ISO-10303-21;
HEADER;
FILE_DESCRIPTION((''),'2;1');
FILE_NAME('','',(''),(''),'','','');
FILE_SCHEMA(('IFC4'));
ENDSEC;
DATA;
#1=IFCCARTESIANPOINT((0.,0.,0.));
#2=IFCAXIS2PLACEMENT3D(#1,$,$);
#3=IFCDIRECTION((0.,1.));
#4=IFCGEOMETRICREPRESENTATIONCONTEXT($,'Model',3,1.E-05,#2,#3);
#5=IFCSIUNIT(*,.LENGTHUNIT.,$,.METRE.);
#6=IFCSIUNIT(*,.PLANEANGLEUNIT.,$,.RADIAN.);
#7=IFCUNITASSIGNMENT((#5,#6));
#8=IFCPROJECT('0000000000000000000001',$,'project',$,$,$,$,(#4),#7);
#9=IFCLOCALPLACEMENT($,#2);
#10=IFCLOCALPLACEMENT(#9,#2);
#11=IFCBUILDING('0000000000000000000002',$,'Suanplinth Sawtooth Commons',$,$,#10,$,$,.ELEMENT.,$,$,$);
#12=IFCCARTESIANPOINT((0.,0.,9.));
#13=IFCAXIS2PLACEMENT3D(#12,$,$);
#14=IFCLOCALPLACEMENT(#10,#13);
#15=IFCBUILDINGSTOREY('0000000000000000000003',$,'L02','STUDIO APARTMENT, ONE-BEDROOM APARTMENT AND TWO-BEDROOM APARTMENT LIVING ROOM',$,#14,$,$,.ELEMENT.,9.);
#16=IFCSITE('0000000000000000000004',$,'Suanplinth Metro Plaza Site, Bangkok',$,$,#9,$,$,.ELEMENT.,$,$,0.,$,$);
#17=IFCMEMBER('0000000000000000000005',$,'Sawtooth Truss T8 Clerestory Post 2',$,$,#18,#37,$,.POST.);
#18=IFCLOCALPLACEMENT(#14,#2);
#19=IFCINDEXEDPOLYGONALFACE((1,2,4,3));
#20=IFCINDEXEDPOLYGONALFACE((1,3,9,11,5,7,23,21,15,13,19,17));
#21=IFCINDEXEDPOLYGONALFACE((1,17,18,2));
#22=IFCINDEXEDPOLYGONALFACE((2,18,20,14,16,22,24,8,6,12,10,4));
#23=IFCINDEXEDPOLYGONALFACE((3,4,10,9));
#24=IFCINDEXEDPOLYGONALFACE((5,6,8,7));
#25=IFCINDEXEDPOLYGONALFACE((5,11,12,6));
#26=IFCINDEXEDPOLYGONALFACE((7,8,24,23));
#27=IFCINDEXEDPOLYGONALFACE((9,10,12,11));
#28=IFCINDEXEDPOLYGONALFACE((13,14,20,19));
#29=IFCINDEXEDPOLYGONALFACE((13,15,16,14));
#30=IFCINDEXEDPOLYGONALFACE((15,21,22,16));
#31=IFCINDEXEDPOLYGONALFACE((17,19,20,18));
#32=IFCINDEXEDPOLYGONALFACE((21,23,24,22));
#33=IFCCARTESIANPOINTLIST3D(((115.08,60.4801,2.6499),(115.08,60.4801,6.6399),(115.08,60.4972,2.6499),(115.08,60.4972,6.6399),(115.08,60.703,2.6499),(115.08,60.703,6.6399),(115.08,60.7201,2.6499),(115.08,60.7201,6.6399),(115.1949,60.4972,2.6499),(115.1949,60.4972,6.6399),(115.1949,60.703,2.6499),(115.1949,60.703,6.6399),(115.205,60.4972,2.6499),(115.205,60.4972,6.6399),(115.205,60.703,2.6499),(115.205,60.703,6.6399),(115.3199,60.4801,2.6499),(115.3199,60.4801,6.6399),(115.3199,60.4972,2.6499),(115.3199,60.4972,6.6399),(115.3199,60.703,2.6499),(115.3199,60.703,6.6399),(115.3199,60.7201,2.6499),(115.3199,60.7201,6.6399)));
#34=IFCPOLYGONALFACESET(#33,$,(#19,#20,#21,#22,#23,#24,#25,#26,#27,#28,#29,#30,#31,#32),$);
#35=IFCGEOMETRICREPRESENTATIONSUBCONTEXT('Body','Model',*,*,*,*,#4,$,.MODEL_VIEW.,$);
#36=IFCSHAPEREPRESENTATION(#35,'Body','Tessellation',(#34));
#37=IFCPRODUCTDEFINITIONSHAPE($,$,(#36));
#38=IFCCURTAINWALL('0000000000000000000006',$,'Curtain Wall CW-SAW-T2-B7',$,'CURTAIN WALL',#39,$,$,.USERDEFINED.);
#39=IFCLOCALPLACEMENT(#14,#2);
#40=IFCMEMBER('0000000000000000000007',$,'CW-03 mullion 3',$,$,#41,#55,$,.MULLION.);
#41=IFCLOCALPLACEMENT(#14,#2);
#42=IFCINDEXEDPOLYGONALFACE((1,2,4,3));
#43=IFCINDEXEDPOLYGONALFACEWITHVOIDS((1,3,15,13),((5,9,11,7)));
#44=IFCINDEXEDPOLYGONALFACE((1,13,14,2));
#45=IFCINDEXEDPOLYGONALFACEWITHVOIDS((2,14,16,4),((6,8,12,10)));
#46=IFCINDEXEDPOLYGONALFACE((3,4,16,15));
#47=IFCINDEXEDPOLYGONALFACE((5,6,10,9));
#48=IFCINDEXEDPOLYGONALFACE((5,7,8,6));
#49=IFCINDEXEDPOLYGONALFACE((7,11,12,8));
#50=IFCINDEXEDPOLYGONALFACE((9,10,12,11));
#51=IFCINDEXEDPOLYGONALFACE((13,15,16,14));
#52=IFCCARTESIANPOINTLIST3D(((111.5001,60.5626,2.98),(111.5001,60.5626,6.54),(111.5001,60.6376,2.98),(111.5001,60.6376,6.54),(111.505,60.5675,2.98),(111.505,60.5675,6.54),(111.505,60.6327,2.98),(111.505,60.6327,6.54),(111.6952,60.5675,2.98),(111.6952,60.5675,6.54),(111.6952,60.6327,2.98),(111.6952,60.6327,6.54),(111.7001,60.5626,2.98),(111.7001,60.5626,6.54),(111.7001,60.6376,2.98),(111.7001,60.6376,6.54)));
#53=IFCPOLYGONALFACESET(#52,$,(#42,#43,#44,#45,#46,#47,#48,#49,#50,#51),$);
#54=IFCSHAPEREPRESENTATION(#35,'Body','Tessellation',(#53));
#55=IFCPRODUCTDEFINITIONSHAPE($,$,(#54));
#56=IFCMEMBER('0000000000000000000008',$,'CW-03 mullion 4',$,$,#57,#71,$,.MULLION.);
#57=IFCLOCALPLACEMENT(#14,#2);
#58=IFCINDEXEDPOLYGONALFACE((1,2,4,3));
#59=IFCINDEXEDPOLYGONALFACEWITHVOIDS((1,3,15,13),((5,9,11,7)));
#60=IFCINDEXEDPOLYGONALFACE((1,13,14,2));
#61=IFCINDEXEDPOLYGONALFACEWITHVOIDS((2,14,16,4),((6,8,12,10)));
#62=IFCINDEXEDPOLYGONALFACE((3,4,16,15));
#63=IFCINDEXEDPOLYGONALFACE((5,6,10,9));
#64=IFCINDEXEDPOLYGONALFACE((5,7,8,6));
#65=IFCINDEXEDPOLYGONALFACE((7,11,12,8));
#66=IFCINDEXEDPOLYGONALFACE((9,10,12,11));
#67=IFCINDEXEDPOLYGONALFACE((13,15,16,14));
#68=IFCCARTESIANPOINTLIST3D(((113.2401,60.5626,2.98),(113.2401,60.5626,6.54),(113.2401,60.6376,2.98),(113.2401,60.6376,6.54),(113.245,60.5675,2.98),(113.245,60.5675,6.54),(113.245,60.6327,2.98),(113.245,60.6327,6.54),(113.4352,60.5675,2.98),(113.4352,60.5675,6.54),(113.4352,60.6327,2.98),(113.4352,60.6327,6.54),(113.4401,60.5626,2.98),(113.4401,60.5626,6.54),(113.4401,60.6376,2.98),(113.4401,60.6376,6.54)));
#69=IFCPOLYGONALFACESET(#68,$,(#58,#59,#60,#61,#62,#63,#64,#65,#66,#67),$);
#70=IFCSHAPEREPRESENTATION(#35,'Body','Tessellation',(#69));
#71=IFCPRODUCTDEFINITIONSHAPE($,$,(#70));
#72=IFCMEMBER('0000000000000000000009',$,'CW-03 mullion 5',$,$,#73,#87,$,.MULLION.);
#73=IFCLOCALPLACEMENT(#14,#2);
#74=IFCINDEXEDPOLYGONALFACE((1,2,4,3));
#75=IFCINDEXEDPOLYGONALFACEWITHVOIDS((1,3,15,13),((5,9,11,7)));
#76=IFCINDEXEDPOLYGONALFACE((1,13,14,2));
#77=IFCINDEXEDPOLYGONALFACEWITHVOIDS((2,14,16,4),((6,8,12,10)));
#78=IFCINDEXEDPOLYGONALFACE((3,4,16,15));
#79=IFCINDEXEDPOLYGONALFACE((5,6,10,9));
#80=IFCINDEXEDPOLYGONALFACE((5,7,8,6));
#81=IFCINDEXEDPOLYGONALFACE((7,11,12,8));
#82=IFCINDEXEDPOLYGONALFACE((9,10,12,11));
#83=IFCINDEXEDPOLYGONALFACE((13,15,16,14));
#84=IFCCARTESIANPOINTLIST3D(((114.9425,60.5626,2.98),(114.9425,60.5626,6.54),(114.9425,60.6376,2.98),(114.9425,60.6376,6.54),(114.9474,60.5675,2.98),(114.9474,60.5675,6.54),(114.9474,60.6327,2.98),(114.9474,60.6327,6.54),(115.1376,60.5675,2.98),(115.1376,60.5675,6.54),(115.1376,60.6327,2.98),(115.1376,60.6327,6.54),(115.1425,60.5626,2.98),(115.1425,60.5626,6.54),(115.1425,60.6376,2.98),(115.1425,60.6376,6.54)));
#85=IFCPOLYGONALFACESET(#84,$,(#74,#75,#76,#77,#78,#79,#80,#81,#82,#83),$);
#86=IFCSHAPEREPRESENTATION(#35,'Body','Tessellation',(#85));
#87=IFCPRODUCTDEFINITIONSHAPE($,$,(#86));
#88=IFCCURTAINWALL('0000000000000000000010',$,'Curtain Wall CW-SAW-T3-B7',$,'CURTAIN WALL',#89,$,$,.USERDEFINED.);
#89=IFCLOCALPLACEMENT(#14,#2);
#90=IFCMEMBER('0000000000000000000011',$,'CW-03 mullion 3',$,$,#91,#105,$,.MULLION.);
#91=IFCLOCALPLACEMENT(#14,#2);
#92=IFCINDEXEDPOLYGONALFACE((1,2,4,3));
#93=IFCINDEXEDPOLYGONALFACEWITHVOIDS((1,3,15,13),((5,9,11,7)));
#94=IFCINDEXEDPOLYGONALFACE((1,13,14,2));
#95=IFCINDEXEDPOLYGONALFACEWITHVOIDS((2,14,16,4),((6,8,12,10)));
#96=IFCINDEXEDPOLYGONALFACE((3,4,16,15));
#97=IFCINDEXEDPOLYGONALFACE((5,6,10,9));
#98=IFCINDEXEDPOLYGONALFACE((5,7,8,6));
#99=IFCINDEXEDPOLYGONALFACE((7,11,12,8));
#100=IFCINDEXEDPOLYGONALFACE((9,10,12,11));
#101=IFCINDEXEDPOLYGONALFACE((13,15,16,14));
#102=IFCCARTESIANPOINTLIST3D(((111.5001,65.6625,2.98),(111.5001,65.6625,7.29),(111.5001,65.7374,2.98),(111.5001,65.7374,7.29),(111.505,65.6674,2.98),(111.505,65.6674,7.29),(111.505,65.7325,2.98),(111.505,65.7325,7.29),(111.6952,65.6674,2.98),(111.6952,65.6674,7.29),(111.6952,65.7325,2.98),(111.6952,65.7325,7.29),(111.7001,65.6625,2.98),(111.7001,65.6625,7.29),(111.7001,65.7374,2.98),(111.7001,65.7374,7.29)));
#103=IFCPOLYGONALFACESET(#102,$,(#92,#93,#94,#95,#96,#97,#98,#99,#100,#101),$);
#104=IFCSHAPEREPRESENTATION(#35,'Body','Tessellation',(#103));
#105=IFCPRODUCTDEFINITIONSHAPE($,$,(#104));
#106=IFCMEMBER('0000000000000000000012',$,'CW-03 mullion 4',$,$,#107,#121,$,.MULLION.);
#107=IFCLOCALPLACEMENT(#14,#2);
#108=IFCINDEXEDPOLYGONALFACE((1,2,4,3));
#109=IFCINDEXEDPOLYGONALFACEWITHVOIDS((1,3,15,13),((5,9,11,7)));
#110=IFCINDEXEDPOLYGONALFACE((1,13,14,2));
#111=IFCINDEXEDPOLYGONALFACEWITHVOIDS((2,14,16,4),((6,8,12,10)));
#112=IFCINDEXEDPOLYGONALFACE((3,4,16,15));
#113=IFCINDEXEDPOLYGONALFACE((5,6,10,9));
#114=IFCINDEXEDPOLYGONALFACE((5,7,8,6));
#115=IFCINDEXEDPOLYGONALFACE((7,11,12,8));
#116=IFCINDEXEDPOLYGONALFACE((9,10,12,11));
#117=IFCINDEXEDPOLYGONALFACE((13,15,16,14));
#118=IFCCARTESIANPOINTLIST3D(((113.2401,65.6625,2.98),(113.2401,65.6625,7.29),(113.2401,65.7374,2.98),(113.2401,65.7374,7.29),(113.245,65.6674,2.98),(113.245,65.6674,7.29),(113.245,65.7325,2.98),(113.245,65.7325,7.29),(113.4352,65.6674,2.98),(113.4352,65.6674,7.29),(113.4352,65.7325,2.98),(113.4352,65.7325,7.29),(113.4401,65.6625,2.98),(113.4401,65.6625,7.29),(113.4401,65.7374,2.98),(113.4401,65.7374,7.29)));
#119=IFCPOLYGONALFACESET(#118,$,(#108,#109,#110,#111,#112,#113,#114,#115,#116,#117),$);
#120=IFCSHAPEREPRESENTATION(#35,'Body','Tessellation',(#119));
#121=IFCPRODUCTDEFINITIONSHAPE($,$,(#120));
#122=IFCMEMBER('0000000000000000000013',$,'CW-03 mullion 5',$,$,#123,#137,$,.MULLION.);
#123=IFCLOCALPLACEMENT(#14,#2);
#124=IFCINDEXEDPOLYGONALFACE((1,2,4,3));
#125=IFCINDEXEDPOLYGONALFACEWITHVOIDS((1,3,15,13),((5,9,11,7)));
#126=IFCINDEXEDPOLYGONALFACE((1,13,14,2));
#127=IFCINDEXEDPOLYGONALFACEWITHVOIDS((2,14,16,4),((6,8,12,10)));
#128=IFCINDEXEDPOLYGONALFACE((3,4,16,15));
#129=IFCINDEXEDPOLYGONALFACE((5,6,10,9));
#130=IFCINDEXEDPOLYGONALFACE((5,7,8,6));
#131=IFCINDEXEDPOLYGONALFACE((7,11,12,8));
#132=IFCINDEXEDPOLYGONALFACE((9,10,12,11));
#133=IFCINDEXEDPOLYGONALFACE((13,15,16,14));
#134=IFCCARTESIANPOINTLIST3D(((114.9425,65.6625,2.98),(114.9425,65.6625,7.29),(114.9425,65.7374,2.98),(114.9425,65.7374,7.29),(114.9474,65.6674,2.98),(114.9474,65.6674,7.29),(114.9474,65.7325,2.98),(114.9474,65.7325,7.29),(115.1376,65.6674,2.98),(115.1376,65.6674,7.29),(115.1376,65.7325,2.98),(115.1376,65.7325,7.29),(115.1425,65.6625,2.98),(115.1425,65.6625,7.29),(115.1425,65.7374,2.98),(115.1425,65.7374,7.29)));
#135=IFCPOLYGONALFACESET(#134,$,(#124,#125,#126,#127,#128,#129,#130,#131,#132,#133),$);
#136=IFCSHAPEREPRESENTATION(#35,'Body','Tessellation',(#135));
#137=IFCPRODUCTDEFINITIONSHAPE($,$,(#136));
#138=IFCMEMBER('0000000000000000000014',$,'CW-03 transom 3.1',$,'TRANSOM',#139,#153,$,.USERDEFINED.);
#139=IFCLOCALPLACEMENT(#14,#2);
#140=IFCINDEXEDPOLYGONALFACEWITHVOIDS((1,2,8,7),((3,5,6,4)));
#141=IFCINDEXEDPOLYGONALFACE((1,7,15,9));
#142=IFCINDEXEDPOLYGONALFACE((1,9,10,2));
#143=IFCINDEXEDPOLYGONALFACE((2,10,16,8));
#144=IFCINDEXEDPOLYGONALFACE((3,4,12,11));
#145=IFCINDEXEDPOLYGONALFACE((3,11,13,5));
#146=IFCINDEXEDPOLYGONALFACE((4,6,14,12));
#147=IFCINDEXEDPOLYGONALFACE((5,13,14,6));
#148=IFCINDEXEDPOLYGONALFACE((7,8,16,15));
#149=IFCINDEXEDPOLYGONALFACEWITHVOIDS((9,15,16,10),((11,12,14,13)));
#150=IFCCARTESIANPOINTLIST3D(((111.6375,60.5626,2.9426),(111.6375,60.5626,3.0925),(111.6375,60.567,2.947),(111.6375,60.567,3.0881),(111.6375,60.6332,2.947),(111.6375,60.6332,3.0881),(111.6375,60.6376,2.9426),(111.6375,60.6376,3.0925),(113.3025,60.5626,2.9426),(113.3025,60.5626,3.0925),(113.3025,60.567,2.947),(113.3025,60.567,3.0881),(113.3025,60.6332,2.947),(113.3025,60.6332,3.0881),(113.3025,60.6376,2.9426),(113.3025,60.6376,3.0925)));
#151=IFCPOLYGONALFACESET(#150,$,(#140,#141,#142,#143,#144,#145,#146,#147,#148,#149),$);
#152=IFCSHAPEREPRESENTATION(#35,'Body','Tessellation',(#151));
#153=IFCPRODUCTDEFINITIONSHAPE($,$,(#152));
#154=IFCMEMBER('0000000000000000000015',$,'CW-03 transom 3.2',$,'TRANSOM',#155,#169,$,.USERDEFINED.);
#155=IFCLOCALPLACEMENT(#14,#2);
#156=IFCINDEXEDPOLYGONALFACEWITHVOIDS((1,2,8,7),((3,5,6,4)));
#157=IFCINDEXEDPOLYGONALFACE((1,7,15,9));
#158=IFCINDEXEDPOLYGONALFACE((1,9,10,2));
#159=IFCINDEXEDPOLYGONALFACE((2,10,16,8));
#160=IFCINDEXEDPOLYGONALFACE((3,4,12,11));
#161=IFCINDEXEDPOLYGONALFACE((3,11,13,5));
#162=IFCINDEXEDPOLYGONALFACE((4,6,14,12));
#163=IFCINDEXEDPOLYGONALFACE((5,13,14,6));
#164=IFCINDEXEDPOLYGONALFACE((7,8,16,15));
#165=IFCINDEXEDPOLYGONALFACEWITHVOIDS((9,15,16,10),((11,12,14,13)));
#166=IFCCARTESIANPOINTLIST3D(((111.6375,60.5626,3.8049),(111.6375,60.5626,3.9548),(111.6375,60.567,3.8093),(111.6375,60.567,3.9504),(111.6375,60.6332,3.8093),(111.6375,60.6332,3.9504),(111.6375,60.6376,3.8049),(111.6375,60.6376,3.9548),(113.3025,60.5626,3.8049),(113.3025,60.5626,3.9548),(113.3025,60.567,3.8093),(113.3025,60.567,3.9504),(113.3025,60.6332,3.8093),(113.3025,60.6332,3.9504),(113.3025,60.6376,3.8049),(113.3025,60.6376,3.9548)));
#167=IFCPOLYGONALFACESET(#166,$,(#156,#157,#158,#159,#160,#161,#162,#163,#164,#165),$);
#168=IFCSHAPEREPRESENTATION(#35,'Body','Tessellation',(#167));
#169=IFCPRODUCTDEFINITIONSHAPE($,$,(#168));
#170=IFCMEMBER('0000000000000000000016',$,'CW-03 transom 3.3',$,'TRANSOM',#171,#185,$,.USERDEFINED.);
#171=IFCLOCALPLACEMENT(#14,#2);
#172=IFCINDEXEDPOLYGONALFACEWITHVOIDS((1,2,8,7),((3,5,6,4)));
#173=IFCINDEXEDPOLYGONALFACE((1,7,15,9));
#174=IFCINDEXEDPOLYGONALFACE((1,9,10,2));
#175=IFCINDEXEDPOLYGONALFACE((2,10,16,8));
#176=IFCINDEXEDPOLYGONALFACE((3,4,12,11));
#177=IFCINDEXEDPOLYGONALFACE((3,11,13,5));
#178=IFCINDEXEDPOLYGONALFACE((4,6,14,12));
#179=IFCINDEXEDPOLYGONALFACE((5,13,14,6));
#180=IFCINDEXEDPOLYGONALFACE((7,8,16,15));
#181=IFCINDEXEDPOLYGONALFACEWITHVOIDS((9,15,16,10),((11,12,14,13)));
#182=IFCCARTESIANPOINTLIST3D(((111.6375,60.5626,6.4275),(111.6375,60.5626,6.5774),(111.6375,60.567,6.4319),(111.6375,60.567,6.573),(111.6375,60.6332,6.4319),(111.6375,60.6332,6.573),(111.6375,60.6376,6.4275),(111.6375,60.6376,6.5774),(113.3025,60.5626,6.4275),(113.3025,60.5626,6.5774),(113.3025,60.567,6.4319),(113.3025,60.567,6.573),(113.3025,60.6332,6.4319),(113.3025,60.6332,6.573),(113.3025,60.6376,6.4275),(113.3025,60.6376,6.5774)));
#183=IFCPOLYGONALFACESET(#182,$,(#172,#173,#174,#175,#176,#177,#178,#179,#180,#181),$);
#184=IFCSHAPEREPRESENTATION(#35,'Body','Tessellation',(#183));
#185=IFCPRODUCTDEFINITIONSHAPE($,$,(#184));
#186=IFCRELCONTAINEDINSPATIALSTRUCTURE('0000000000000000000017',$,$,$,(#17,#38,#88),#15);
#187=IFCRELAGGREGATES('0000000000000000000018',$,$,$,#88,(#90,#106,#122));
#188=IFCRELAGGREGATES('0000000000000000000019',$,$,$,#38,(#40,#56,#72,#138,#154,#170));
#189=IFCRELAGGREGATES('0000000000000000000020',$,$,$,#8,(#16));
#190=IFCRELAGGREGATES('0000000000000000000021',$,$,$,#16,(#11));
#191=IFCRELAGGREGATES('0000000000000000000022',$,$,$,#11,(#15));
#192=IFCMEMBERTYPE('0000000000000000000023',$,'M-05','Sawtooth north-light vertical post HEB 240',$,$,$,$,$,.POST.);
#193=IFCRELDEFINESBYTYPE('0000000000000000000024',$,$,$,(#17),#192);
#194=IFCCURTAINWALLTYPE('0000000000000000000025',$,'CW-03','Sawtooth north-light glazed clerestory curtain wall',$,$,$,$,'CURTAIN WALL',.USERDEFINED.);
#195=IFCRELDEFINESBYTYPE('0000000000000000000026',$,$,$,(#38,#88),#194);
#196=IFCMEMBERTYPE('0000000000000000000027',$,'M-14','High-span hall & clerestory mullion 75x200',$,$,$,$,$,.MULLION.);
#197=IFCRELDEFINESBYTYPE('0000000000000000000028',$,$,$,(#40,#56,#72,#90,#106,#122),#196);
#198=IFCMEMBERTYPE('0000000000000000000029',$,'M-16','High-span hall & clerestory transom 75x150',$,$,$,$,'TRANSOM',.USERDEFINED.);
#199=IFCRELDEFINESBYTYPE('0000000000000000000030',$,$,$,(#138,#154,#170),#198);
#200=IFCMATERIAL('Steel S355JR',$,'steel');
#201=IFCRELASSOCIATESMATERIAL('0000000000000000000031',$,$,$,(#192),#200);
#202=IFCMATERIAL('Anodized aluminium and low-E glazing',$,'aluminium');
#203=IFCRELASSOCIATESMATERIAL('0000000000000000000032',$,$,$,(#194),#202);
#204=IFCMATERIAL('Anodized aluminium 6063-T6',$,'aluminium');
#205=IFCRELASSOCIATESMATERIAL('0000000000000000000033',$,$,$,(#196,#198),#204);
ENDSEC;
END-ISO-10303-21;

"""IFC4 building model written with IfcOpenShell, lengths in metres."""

from ifc_helpers import new_model, si_unit, direction, frame, origin, origin_2d, place, context, subcontext, project, spatial, hollow_rectangle, i_section, extrude, material, material_profile, profile_set, type_object, element, aggregate, save


model = new_model("IFC4")

# Units and contexts
model_context = context("Model", 3, precision=1e-05, world=origin(), true_north=direction((0.0, 1.0)))
body_context = subcontext(model_context, "Body", "Model", "MODEL_VIEW")
ifc_project = project(units=[si_unit("LENGTHUNIT", "METRE"), si_unit("PLANEANGLEUNIT", "RADIAN")], contexts=[model_context])

# Site, building, storey
site_placement = place(None, origin())
site = spatial("IfcSite", under=ifc_project, at=site_placement, Name="Suanplinth Metro Plaza Site, Bangkok", CompositionType="ELEMENT", RefElevation=0.0)
building_placement = place(site_placement, origin())
building = spatial("IfcBuilding", under=site, at=building_placement, Name="Suanplinth Sawtooth Commons", CompositionType="ELEMENT")
storey_placement = place(building_placement, frame((0.0, 0.0, 9.0)))
storey = spatial("IfcBuildingStorey", under=building, at=storey_placement, Name="L02", Description="STUDIO APARTMENT, ONE-BEDROOM APARTMENT AND TWO-BEDROOM APARTMENT LIVING ROOM", CompositionType="ELEMENT", Elevation=9.0)

# Member
ifc_material_1 = material(Name="Steel S355JR", Category="steel")
ifc_material_profile_1 = material_profile(ifc_material_1, i_section(OverallWidth=0.24, OverallDepth=0.24, WebThickness=0.01, FlangeThickness=0.0171, at=origin_2d()), Name="HEB 240")
ifc_profile_set_1 = profile_set([ifc_material_profile_1], Name="Steel S355JR")
member_type_1 = type_object("IfcMemberType", Name="M-05", Description="Sawtooth north-light vertical post HEB 240", PredefinedType="POST", material=ifc_profile_set_1)
member_1_placement = place(storey_placement, frame((115.2, 60.6001, 2.6499), z_axis=(0.0, 0.0, 1.0), x_axis=(1.0, 0.0, 0.0)))
element("IfcMember", 1, at=member_1_placement, inside=storey, type_object=member_type_1, Name="Sawtooth Truss T8 Clerestory Post 2", PredefinedType="POST", context=body_context, shape_type="SweptSolid", body=[
    extrude(i_section(OverallWidth=0.24, OverallDepth=0.24, WebThickness=0.01, FlangeThickness=0.0171, at=origin_2d()), origin(), (0.0, 0.0, 1.0), 3.99),
])

# Curtain walls, members
ifc_material_2 = material(Name="Anodized aluminium and low-E glazing", Category="aluminium")
curtain_wall_type = type_object("IfcCurtainWallType", Name="CW-03", Description="Sawtooth north-light glazed clerestory curtain wall", ElementType="CURTAIN WALL", PredefinedType="USERDEFINED", material=ifc_material_2)
curtain_wall_1_placement = place(storey_placement, origin())
curtain_wall_1 = element("IfcCurtainWall", 2, at=curtain_wall_1_placement, inside=storey, type_object=curtain_wall_type, Name="Curtain Wall CW-SAW-T2-B7", ObjectType="CURTAIN WALL", PredefinedType="USERDEFINED")
ifc_material_3 = material(Name="Anodized aluminium 6063-T6", Category="aluminium")
ifc_material_profile_2 = material_profile(ifc_material_3, hollow_rectangle(XDim=0.075, YDim=0.2, WallThickness=0.0049, at=origin_2d()), Name="ALU-MUL 75x200")
ifc_profile_set_2 = profile_set([ifc_material_profile_2], Name="Anodized aluminium 6063-T6")
member_type_2 = type_object("IfcMemberType", Name="M-14", Description="High-span hall & clerestory mullion 75x200", PredefinedType="MULLION", material=ifc_profile_set_2)
member_2_placement = place(storey_placement, frame((111.6001, 60.6001, 2.98), z_axis=(0.0, 0.0, 1.0), x_axis=(0.0, 1.0, 0.0)))
member_2 = element("IfcMember", 3, at=member_2_placement, type_object=member_type_2, Name="CW-03 mullion 3", PredefinedType="MULLION", context=body_context, shape_type="SweptSolid", body=[
    extrude(hollow_rectangle(XDim=0.075, YDim=0.2, WallThickness=0.0049, at=origin_2d()), origin(), (0.0, 0.0, 1.0), 3.5601),
])
member_3_placement = place(storey_placement, frame((113.3401, 60.6001, 2.98), z_axis=(0.0, 0.0, 1.0), x_axis=(0.0, 1.0, 0.0)))
member_3 = element("IfcMember", 4, at=member_3_placement, type_object=member_type_2, Name="CW-03 mullion 4", PredefinedType="MULLION", context=body_context, shape_type="SweptSolid", body=[
    extrude(hollow_rectangle(XDim=0.075, YDim=0.2, WallThickness=0.0049, at=origin_2d()), origin(), (0.0, 0.0, 1.0), 3.5601),
])
member_4_placement = place(storey_placement, frame((115.0425, 60.6001, 2.98), z_axis=(0.0, 0.0, 1.0), x_axis=(0.0, 1.0, 0.0)))
member_4 = element("IfcMember", 5, at=member_4_placement, type_object=member_type_2, Name="CW-03 mullion 5", PredefinedType="MULLION", context=body_context, shape_type="SweptSolid", body=[
    extrude(hollow_rectangle(XDim=0.075, YDim=0.2, WallThickness=0.0049, at=origin_2d()), origin(), (0.0, 0.0, 1.0), 3.5601),
])
curtain_wall_2_placement = place(storey_placement, origin())
curtain_wall_2 = element("IfcCurtainWall", 6, at=curtain_wall_2_placement, inside=storey, type_object=curtain_wall_type, Name="Curtain Wall CW-SAW-T3-B7", ObjectType="CURTAIN WALL", PredefinedType="USERDEFINED")
member_5_placement = place(storey_placement, frame((111.6001, 65.7, 2.98), z_axis=(0.0, 0.0, 1.0), x_axis=(0.0, 1.0, 0.0)))
member_5 = element("IfcMember", 7, at=member_5_placement, type_object=member_type_2, Name="CW-03 mullion 3", PredefinedType="MULLION", context=body_context, shape_type="SweptSolid", body=[
    extrude(hollow_rectangle(XDim=0.075, YDim=0.2, WallThickness=0.0049, at=origin_2d()), origin(), (0.0, 0.0, 1.0), 4.3101),
])
member_6_placement = place(storey_placement, frame((113.3401, 65.7, 2.98), z_axis=(0.0, 0.0, 1.0), x_axis=(0.0, 1.0, 0.0)))
member_6 = element("IfcMember", 8, at=member_6_placement, type_object=member_type_2, Name="CW-03 mullion 4", PredefinedType="MULLION", context=body_context, shape_type="SweptSolid", body=[
    extrude(hollow_rectangle(XDim=0.075, YDim=0.2, WallThickness=0.0049, at=origin_2d()), origin(), (0.0, 0.0, 1.0), 4.3101),
])
member_7_placement = place(storey_placement, frame((115.0425, 65.7, 2.98), z_axis=(0.0, 0.0, 1.0), x_axis=(0.0, 1.0, 0.0)))
member_7 = element("IfcMember", 9, at=member_7_placement, type_object=member_type_2, Name="CW-03 mullion 5", PredefinedType="MULLION", context=body_context, shape_type="SweptSolid", body=[
    extrude(hollow_rectangle(XDim=0.075, YDim=0.2, WallThickness=0.0049, at=origin_2d()), origin(), (0.0, 0.0, 1.0), 4.3101),
])

# Members
ifc_material_profile_3 = material_profile(ifc_material_3, hollow_rectangle(XDim=0.075, YDim=0.1499, WallThickness=0.0044, at=origin_2d()), Name="ALU-TRN 75x150")
ifc_profile_set_3 = profile_set([ifc_material_profile_3], Name="Anodized aluminium 6063-T6")
member_type_3 = type_object("IfcMemberType", Name="M-16", Description="High-span hall & clerestory transom 75x150", ElementType="TRANSOM", PredefinedType="USERDEFINED", material=ifc_profile_set_3)
member_8_placement = place(storey_placement, frame((111.6375, 60.6001, 3.0176), z_axis=(1.0, 0.0, 0.0), x_axis=(0.0, 1.0, 0.0)))
member_8 = element("IfcMember", 10, at=member_8_placement, type_object=member_type_3, Name="CW-03 transom 3.1", ObjectType="TRANSOM", PredefinedType="USERDEFINED", context=body_context, shape_type="SweptSolid", body=[
    extrude(hollow_rectangle(XDim=0.075, YDim=0.1499, WallThickness=0.0044, at=origin_2d()), origin(), (0.0, 0.0, 1.0), 1.665),
])
member_9_placement = place(storey_placement, frame((111.6375, 60.6001, 3.8799), z_axis=(1.0, 0.0, 0.0), x_axis=(0.0, 1.0, 0.0)))
member_9 = element("IfcMember", 11, at=member_9_placement, type_object=member_type_3, Name="CW-03 transom 3.2", ObjectType="TRANSOM", PredefinedType="USERDEFINED", context=body_context, shape_type="SweptSolid", body=[
    extrude(hollow_rectangle(XDim=0.075, YDim=0.1499, WallThickness=0.0044, at=origin_2d()), origin(), (0.0, 0.0, 1.0), 1.665),
])
member_10_placement = place(storey_placement, frame((111.6375, 60.6001, 6.5024), z_axis=(1.0, 0.0, 0.0), x_axis=(0.0, 1.0, 0.0)))
member_10 = element("IfcMember", 12, at=member_10_placement, type_object=member_type_3, Name="CW-03 transom 3.3", ObjectType="TRANSOM", PredefinedType="USERDEFINED", context=body_context, shape_type="SweptSolid", body=[
    extrude(hollow_rectangle(XDim=0.075, YDim=0.1499, WallThickness=0.0044, at=origin_2d()), origin(), (0.0, 0.0, 1.0), 1.665),
])

aggregate(curtain_wall_2, [member_5, member_6, member_7])
aggregate(curtain_wall_1, [member_2, member_3, member_4, member_8, member_9, member_10])

save(model, "model.ifc")
